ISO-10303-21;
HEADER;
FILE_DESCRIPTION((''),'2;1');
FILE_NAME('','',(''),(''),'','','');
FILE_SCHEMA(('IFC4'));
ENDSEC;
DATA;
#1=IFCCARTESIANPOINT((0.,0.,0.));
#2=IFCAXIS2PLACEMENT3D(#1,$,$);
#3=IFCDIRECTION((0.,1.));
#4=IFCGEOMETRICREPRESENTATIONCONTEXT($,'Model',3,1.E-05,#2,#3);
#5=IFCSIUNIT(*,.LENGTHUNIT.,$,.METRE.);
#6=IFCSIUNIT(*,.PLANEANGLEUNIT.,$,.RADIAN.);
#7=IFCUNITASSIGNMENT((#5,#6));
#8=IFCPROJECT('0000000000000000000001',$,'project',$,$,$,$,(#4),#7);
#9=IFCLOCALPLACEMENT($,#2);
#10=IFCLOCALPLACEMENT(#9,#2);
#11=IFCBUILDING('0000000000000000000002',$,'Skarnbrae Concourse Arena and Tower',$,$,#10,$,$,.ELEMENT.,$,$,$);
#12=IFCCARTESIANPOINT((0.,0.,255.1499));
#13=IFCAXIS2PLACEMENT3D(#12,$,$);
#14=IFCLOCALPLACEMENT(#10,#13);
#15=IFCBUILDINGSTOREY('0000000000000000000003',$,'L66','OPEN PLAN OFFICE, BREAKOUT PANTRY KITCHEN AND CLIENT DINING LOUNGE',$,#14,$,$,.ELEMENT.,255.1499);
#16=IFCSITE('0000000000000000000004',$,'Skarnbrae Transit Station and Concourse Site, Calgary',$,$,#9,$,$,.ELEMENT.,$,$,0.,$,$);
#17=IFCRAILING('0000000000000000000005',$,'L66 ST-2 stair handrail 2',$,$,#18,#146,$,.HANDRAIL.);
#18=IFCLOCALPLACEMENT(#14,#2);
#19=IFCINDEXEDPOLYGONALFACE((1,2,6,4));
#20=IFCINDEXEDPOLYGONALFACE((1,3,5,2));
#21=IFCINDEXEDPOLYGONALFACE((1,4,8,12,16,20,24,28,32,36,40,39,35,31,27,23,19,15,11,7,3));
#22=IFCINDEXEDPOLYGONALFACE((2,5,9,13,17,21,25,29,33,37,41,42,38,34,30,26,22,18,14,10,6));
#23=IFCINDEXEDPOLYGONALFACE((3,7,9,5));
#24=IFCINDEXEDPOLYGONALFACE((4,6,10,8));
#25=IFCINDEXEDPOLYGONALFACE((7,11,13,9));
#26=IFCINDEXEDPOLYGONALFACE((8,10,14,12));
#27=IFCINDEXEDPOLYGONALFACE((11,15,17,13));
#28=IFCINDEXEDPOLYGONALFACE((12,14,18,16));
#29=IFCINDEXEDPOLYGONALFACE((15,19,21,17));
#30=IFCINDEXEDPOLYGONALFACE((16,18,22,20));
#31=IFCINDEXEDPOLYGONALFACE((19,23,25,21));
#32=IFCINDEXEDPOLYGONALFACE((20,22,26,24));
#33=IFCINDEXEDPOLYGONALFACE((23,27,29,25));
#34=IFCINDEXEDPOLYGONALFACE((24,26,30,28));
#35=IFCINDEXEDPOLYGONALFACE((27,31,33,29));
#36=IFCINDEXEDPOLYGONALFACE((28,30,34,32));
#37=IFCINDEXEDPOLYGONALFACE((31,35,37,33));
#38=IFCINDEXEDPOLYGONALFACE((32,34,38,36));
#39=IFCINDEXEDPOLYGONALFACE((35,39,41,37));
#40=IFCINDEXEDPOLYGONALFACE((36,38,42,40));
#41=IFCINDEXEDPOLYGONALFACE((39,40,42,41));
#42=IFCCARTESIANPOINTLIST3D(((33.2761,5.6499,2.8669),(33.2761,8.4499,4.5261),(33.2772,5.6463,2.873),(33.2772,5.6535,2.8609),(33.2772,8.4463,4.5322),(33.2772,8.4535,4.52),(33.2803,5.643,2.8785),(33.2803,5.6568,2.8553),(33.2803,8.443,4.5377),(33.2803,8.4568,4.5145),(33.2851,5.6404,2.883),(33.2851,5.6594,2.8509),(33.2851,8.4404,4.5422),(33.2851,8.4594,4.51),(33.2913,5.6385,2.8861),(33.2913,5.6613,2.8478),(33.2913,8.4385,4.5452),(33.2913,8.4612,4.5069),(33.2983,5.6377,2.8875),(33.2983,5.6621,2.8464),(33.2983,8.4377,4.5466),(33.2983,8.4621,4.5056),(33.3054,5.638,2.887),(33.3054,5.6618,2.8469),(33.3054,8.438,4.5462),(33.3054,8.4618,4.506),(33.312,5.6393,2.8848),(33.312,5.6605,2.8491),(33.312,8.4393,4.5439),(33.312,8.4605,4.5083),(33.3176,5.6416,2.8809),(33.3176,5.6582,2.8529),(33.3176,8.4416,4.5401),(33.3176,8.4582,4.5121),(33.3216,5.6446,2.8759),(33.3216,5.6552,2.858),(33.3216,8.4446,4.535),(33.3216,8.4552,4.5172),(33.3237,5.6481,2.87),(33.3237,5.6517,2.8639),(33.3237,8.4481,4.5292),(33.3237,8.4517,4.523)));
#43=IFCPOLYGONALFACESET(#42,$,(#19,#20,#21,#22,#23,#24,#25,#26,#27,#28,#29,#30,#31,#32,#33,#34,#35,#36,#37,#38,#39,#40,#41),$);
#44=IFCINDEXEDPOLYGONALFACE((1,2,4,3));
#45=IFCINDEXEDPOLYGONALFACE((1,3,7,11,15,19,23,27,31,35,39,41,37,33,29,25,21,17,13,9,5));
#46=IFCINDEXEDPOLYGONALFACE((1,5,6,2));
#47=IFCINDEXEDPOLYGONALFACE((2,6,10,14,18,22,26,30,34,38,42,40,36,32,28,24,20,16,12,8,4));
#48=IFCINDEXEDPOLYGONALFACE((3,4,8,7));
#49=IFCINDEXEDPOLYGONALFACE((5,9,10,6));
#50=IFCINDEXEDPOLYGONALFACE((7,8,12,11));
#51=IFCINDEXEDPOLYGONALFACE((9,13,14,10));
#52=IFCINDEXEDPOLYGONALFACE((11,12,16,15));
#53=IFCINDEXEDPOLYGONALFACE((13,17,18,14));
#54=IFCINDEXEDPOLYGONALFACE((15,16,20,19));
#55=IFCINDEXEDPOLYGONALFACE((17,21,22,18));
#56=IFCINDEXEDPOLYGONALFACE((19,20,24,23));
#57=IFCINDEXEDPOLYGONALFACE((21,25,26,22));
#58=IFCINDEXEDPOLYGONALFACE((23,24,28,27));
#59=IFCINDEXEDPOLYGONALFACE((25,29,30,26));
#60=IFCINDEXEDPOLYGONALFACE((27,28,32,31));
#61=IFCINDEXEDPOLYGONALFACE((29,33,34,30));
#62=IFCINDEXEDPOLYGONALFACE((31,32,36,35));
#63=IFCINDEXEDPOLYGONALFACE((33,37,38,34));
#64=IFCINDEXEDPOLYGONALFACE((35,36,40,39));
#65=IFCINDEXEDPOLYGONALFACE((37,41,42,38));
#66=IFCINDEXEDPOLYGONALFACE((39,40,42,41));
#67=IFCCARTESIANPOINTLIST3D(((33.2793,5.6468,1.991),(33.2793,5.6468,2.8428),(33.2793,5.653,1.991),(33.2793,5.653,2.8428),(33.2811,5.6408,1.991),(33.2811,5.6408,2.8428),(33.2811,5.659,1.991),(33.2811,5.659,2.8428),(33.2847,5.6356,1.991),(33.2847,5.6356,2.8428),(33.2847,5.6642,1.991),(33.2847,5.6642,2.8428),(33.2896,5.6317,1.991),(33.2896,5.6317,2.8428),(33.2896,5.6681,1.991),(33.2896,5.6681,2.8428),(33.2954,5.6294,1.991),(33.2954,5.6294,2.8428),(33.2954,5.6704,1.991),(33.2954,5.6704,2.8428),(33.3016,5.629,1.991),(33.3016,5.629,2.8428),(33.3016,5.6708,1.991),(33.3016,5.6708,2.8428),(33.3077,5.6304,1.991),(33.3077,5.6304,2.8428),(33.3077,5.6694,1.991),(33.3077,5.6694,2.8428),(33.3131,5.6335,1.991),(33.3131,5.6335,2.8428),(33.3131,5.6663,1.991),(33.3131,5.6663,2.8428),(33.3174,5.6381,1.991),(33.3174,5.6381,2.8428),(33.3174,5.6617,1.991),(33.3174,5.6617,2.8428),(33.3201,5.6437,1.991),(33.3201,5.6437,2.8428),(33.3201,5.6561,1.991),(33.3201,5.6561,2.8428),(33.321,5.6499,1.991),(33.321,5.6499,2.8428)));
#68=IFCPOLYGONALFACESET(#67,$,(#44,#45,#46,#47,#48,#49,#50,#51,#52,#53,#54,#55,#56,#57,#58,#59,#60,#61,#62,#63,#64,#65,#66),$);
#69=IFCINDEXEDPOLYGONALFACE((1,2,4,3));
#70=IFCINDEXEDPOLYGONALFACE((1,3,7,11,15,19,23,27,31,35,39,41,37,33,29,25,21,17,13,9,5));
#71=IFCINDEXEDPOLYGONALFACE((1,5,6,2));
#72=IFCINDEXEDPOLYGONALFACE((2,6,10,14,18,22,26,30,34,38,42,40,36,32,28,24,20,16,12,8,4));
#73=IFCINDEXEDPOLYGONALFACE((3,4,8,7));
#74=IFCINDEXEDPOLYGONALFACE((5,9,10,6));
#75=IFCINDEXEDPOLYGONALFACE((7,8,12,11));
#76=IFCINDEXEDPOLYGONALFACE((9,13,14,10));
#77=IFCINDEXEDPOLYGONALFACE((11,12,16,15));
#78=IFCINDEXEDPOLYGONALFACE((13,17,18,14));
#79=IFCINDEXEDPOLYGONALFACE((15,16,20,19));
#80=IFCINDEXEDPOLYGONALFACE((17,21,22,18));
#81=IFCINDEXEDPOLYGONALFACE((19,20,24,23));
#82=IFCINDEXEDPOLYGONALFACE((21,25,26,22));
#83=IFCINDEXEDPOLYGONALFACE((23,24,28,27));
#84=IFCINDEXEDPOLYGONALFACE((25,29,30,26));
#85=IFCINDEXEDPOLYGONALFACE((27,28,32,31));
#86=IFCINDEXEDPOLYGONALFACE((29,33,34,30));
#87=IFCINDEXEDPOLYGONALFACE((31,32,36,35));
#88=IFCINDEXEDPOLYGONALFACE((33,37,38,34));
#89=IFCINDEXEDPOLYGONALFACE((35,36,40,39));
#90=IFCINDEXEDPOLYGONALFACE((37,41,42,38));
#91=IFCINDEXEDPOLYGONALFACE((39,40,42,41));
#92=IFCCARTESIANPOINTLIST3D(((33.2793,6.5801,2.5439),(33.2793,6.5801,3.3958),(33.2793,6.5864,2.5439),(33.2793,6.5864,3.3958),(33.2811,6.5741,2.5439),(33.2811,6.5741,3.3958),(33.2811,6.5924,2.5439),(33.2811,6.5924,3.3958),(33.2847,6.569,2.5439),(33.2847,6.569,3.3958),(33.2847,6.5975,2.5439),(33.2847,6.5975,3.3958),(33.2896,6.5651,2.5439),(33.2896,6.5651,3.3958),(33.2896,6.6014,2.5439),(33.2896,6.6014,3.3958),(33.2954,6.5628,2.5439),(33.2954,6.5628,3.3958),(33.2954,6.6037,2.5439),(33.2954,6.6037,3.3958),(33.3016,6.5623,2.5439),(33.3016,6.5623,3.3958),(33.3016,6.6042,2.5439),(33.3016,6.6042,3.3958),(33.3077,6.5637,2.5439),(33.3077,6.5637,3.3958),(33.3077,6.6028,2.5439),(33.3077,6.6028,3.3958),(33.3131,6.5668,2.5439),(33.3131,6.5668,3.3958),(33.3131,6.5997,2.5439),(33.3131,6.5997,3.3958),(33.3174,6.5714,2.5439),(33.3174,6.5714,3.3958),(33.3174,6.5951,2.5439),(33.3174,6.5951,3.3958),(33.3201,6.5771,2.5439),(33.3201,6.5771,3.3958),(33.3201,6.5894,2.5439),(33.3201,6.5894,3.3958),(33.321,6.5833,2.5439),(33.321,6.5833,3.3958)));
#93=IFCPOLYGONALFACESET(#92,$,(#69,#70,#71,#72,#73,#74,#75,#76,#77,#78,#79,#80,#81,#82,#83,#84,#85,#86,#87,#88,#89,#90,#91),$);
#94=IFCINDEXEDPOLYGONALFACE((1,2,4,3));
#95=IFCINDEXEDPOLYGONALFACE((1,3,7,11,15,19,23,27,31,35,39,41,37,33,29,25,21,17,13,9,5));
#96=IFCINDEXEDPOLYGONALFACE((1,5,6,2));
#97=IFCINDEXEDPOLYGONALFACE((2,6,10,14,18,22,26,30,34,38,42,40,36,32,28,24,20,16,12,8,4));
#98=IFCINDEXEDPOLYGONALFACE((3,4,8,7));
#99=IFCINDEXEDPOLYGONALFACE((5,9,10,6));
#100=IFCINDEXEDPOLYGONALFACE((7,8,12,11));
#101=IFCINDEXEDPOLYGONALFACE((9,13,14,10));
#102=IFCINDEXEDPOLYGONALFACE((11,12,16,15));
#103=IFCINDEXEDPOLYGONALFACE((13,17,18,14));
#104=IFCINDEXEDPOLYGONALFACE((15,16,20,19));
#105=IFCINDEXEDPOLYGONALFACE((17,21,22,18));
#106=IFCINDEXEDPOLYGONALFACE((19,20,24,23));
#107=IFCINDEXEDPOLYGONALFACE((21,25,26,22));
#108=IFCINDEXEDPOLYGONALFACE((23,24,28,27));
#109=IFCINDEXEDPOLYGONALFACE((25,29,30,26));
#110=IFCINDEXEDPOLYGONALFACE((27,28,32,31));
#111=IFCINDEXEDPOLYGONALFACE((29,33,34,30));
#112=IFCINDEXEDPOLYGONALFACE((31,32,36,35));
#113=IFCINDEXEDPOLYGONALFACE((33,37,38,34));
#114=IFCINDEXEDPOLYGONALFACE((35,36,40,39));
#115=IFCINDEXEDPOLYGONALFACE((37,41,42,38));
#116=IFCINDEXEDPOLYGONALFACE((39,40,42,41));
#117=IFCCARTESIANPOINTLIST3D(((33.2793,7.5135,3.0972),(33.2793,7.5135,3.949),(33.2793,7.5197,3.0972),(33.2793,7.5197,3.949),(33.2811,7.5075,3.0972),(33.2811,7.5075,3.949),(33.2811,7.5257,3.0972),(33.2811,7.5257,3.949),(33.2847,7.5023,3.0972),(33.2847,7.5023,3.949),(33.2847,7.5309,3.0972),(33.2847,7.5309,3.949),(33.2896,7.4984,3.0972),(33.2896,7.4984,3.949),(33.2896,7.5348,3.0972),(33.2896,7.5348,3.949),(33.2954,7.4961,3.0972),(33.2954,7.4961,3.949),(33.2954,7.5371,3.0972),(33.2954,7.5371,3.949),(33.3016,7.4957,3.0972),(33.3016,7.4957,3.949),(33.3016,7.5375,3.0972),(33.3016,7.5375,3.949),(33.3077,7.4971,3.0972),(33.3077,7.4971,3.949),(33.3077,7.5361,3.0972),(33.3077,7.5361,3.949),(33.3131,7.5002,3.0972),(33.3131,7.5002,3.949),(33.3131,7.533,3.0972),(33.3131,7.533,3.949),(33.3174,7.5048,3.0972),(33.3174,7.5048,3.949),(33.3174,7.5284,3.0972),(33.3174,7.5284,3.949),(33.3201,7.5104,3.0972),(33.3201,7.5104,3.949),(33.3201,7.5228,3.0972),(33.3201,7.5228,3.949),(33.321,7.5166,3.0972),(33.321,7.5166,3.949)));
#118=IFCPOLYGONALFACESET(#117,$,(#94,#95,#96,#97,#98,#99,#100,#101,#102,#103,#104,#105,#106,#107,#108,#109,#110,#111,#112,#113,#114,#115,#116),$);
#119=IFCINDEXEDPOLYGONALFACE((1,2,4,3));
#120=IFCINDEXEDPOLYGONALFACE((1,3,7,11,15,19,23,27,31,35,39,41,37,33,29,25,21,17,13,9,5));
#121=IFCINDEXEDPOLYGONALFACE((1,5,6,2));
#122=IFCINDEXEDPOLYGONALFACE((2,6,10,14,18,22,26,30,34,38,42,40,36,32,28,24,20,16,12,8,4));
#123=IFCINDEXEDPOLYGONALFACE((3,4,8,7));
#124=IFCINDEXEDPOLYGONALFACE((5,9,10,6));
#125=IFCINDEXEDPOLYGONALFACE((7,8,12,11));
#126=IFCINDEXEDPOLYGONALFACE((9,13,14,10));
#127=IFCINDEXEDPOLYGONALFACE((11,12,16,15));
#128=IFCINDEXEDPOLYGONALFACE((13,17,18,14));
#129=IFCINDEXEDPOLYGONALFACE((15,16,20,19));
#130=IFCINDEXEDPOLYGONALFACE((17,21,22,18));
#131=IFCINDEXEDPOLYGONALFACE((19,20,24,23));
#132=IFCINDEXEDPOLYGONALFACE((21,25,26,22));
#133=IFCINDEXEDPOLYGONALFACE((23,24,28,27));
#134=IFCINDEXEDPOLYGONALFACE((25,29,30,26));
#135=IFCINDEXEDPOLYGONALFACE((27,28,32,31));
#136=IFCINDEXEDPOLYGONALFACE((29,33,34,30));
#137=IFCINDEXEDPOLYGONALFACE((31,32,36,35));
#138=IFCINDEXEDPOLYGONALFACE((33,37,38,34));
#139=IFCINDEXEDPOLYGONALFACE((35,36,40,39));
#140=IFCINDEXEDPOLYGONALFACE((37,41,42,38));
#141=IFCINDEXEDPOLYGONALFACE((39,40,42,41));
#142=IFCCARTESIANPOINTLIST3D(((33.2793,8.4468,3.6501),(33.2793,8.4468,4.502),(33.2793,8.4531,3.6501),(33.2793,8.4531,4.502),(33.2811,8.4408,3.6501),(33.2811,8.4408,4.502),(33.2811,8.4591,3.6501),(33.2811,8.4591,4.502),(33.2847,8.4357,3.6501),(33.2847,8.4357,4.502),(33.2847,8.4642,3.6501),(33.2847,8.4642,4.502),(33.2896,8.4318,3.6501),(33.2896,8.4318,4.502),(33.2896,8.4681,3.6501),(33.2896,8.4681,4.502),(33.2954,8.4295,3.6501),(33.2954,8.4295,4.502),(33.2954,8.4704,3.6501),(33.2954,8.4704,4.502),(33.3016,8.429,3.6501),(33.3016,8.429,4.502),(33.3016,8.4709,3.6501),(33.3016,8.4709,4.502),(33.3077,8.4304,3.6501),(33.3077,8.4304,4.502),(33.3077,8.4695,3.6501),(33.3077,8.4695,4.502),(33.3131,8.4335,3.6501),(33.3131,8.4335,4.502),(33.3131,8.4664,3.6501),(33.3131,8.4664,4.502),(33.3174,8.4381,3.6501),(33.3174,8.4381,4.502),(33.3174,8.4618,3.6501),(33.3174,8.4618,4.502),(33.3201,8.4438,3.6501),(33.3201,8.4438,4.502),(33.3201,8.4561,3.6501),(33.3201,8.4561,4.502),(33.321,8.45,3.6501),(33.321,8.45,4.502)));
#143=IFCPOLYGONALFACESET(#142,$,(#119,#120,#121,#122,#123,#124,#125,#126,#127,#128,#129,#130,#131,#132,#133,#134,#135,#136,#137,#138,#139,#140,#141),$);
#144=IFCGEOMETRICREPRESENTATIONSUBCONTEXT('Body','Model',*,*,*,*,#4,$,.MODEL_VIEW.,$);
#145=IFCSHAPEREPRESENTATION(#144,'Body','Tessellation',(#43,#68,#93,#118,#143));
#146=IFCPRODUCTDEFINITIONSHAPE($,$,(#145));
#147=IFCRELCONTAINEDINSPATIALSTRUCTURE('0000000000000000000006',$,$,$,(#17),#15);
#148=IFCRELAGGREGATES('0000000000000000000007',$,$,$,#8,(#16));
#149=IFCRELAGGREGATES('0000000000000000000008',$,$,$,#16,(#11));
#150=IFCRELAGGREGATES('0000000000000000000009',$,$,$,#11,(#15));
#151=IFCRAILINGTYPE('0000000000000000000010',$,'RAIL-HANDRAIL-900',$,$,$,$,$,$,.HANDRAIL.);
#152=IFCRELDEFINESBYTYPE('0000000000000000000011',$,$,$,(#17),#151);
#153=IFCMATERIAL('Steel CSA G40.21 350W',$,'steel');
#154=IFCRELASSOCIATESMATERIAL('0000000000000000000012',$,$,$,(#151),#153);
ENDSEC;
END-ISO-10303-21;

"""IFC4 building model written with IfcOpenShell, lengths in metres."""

from ifc_helpers import new_model, si_unit, direction, frame, origin, origin_2d, place, context, subcontext, project, spatial, circle, extrude, material, type_object, element, save


model = new_model("IFC4")

# Units and contexts
model_context = context("Model", 3, precision=1e-05, world=origin(), true_north=direction((0.0, 1.0)))
body_context = subcontext(model_context, "Body", "Model", "MODEL_VIEW")
ifc_project = project(units=[si_unit("LENGTHUNIT", "METRE"), si_unit("PLANEANGLEUNIT", "RADIAN")], contexts=[model_context])

# Site, building, storey
site_placement = place(None, origin())
site = spatial("IfcSite", under=ifc_project, at=site_placement, Name="Skarnbrae Transit Station and Concourse Site, Calgary", CompositionType="ELEMENT", RefElevation=0.0)
building_placement = place(site_placement, origin())
building = spatial("IfcBuilding", under=site, at=building_placement, Name="Skarnbrae Concourse Arena and Tower", CompositionType="ELEMENT")
storey_placement = place(building_placement, frame((0.0, 0.0, 255.1499)))
storey = spatial("IfcBuildingStorey", under=building, at=storey_placement, Name="L66", Description="OPEN PLAN OFFICE, BREAKOUT PANTRY KITCHEN AND CLIENT DINING LOUNGE", CompositionType="ELEMENT", Elevation=255.1499)

# Shared definitions
ifc_material_1 = material(Name="Steel CSA G40.21 350W", Category="steel")

# Railing
railing_type_1 = type_object("IfcRailingType", Name="RAIL-HANDRAIL-900", PredefinedType="HANDRAIL", material=ifc_material_1)
railing_1_placement = place(storey_placement, frame((33.3, 5.6499, 1.991)))
element("IfcRailing", 1, at=railing_1_placement, inside=storey, type_object=railing_type_1, Name="L66 ST-2 stair handrail 2", PredefinedType="HANDRAIL", context=body_context, shape_type="SweptSolid", body=[
    extrude(circle(Radius=0.0239, at=origin_2d()), frame((0.0, 0.0, 0.876), z_axis=(0.0, 0.860306, 0.509778), x_axis=(-1.0, 0.0, 0.0)), (0.0, 0.0, 1.0), 3.2546),
    extrude(circle(Radius=0.021, at=origin_2d()), origin(), (0.0, 0.0, 1.0), 0.8518),
    extrude(circle(Radius=0.021, at=origin_2d()), frame((0.0, 0.9333, 0.553)), (0.0, 0.0, 1.0), 0.8518),
    extrude(circle(Radius=0.021, at=origin_2d()), frame((0.0, 1.8667, 1.1062)), (0.0, 0.0, 1.0), 0.8518),
    extrude(circle(Radius=0.021, at=origin_2d()), frame((0.0, 2.8, 1.6592)), (0.0, 0.0, 1.0), 0.8518),
])

save(model, "model.ifc")
